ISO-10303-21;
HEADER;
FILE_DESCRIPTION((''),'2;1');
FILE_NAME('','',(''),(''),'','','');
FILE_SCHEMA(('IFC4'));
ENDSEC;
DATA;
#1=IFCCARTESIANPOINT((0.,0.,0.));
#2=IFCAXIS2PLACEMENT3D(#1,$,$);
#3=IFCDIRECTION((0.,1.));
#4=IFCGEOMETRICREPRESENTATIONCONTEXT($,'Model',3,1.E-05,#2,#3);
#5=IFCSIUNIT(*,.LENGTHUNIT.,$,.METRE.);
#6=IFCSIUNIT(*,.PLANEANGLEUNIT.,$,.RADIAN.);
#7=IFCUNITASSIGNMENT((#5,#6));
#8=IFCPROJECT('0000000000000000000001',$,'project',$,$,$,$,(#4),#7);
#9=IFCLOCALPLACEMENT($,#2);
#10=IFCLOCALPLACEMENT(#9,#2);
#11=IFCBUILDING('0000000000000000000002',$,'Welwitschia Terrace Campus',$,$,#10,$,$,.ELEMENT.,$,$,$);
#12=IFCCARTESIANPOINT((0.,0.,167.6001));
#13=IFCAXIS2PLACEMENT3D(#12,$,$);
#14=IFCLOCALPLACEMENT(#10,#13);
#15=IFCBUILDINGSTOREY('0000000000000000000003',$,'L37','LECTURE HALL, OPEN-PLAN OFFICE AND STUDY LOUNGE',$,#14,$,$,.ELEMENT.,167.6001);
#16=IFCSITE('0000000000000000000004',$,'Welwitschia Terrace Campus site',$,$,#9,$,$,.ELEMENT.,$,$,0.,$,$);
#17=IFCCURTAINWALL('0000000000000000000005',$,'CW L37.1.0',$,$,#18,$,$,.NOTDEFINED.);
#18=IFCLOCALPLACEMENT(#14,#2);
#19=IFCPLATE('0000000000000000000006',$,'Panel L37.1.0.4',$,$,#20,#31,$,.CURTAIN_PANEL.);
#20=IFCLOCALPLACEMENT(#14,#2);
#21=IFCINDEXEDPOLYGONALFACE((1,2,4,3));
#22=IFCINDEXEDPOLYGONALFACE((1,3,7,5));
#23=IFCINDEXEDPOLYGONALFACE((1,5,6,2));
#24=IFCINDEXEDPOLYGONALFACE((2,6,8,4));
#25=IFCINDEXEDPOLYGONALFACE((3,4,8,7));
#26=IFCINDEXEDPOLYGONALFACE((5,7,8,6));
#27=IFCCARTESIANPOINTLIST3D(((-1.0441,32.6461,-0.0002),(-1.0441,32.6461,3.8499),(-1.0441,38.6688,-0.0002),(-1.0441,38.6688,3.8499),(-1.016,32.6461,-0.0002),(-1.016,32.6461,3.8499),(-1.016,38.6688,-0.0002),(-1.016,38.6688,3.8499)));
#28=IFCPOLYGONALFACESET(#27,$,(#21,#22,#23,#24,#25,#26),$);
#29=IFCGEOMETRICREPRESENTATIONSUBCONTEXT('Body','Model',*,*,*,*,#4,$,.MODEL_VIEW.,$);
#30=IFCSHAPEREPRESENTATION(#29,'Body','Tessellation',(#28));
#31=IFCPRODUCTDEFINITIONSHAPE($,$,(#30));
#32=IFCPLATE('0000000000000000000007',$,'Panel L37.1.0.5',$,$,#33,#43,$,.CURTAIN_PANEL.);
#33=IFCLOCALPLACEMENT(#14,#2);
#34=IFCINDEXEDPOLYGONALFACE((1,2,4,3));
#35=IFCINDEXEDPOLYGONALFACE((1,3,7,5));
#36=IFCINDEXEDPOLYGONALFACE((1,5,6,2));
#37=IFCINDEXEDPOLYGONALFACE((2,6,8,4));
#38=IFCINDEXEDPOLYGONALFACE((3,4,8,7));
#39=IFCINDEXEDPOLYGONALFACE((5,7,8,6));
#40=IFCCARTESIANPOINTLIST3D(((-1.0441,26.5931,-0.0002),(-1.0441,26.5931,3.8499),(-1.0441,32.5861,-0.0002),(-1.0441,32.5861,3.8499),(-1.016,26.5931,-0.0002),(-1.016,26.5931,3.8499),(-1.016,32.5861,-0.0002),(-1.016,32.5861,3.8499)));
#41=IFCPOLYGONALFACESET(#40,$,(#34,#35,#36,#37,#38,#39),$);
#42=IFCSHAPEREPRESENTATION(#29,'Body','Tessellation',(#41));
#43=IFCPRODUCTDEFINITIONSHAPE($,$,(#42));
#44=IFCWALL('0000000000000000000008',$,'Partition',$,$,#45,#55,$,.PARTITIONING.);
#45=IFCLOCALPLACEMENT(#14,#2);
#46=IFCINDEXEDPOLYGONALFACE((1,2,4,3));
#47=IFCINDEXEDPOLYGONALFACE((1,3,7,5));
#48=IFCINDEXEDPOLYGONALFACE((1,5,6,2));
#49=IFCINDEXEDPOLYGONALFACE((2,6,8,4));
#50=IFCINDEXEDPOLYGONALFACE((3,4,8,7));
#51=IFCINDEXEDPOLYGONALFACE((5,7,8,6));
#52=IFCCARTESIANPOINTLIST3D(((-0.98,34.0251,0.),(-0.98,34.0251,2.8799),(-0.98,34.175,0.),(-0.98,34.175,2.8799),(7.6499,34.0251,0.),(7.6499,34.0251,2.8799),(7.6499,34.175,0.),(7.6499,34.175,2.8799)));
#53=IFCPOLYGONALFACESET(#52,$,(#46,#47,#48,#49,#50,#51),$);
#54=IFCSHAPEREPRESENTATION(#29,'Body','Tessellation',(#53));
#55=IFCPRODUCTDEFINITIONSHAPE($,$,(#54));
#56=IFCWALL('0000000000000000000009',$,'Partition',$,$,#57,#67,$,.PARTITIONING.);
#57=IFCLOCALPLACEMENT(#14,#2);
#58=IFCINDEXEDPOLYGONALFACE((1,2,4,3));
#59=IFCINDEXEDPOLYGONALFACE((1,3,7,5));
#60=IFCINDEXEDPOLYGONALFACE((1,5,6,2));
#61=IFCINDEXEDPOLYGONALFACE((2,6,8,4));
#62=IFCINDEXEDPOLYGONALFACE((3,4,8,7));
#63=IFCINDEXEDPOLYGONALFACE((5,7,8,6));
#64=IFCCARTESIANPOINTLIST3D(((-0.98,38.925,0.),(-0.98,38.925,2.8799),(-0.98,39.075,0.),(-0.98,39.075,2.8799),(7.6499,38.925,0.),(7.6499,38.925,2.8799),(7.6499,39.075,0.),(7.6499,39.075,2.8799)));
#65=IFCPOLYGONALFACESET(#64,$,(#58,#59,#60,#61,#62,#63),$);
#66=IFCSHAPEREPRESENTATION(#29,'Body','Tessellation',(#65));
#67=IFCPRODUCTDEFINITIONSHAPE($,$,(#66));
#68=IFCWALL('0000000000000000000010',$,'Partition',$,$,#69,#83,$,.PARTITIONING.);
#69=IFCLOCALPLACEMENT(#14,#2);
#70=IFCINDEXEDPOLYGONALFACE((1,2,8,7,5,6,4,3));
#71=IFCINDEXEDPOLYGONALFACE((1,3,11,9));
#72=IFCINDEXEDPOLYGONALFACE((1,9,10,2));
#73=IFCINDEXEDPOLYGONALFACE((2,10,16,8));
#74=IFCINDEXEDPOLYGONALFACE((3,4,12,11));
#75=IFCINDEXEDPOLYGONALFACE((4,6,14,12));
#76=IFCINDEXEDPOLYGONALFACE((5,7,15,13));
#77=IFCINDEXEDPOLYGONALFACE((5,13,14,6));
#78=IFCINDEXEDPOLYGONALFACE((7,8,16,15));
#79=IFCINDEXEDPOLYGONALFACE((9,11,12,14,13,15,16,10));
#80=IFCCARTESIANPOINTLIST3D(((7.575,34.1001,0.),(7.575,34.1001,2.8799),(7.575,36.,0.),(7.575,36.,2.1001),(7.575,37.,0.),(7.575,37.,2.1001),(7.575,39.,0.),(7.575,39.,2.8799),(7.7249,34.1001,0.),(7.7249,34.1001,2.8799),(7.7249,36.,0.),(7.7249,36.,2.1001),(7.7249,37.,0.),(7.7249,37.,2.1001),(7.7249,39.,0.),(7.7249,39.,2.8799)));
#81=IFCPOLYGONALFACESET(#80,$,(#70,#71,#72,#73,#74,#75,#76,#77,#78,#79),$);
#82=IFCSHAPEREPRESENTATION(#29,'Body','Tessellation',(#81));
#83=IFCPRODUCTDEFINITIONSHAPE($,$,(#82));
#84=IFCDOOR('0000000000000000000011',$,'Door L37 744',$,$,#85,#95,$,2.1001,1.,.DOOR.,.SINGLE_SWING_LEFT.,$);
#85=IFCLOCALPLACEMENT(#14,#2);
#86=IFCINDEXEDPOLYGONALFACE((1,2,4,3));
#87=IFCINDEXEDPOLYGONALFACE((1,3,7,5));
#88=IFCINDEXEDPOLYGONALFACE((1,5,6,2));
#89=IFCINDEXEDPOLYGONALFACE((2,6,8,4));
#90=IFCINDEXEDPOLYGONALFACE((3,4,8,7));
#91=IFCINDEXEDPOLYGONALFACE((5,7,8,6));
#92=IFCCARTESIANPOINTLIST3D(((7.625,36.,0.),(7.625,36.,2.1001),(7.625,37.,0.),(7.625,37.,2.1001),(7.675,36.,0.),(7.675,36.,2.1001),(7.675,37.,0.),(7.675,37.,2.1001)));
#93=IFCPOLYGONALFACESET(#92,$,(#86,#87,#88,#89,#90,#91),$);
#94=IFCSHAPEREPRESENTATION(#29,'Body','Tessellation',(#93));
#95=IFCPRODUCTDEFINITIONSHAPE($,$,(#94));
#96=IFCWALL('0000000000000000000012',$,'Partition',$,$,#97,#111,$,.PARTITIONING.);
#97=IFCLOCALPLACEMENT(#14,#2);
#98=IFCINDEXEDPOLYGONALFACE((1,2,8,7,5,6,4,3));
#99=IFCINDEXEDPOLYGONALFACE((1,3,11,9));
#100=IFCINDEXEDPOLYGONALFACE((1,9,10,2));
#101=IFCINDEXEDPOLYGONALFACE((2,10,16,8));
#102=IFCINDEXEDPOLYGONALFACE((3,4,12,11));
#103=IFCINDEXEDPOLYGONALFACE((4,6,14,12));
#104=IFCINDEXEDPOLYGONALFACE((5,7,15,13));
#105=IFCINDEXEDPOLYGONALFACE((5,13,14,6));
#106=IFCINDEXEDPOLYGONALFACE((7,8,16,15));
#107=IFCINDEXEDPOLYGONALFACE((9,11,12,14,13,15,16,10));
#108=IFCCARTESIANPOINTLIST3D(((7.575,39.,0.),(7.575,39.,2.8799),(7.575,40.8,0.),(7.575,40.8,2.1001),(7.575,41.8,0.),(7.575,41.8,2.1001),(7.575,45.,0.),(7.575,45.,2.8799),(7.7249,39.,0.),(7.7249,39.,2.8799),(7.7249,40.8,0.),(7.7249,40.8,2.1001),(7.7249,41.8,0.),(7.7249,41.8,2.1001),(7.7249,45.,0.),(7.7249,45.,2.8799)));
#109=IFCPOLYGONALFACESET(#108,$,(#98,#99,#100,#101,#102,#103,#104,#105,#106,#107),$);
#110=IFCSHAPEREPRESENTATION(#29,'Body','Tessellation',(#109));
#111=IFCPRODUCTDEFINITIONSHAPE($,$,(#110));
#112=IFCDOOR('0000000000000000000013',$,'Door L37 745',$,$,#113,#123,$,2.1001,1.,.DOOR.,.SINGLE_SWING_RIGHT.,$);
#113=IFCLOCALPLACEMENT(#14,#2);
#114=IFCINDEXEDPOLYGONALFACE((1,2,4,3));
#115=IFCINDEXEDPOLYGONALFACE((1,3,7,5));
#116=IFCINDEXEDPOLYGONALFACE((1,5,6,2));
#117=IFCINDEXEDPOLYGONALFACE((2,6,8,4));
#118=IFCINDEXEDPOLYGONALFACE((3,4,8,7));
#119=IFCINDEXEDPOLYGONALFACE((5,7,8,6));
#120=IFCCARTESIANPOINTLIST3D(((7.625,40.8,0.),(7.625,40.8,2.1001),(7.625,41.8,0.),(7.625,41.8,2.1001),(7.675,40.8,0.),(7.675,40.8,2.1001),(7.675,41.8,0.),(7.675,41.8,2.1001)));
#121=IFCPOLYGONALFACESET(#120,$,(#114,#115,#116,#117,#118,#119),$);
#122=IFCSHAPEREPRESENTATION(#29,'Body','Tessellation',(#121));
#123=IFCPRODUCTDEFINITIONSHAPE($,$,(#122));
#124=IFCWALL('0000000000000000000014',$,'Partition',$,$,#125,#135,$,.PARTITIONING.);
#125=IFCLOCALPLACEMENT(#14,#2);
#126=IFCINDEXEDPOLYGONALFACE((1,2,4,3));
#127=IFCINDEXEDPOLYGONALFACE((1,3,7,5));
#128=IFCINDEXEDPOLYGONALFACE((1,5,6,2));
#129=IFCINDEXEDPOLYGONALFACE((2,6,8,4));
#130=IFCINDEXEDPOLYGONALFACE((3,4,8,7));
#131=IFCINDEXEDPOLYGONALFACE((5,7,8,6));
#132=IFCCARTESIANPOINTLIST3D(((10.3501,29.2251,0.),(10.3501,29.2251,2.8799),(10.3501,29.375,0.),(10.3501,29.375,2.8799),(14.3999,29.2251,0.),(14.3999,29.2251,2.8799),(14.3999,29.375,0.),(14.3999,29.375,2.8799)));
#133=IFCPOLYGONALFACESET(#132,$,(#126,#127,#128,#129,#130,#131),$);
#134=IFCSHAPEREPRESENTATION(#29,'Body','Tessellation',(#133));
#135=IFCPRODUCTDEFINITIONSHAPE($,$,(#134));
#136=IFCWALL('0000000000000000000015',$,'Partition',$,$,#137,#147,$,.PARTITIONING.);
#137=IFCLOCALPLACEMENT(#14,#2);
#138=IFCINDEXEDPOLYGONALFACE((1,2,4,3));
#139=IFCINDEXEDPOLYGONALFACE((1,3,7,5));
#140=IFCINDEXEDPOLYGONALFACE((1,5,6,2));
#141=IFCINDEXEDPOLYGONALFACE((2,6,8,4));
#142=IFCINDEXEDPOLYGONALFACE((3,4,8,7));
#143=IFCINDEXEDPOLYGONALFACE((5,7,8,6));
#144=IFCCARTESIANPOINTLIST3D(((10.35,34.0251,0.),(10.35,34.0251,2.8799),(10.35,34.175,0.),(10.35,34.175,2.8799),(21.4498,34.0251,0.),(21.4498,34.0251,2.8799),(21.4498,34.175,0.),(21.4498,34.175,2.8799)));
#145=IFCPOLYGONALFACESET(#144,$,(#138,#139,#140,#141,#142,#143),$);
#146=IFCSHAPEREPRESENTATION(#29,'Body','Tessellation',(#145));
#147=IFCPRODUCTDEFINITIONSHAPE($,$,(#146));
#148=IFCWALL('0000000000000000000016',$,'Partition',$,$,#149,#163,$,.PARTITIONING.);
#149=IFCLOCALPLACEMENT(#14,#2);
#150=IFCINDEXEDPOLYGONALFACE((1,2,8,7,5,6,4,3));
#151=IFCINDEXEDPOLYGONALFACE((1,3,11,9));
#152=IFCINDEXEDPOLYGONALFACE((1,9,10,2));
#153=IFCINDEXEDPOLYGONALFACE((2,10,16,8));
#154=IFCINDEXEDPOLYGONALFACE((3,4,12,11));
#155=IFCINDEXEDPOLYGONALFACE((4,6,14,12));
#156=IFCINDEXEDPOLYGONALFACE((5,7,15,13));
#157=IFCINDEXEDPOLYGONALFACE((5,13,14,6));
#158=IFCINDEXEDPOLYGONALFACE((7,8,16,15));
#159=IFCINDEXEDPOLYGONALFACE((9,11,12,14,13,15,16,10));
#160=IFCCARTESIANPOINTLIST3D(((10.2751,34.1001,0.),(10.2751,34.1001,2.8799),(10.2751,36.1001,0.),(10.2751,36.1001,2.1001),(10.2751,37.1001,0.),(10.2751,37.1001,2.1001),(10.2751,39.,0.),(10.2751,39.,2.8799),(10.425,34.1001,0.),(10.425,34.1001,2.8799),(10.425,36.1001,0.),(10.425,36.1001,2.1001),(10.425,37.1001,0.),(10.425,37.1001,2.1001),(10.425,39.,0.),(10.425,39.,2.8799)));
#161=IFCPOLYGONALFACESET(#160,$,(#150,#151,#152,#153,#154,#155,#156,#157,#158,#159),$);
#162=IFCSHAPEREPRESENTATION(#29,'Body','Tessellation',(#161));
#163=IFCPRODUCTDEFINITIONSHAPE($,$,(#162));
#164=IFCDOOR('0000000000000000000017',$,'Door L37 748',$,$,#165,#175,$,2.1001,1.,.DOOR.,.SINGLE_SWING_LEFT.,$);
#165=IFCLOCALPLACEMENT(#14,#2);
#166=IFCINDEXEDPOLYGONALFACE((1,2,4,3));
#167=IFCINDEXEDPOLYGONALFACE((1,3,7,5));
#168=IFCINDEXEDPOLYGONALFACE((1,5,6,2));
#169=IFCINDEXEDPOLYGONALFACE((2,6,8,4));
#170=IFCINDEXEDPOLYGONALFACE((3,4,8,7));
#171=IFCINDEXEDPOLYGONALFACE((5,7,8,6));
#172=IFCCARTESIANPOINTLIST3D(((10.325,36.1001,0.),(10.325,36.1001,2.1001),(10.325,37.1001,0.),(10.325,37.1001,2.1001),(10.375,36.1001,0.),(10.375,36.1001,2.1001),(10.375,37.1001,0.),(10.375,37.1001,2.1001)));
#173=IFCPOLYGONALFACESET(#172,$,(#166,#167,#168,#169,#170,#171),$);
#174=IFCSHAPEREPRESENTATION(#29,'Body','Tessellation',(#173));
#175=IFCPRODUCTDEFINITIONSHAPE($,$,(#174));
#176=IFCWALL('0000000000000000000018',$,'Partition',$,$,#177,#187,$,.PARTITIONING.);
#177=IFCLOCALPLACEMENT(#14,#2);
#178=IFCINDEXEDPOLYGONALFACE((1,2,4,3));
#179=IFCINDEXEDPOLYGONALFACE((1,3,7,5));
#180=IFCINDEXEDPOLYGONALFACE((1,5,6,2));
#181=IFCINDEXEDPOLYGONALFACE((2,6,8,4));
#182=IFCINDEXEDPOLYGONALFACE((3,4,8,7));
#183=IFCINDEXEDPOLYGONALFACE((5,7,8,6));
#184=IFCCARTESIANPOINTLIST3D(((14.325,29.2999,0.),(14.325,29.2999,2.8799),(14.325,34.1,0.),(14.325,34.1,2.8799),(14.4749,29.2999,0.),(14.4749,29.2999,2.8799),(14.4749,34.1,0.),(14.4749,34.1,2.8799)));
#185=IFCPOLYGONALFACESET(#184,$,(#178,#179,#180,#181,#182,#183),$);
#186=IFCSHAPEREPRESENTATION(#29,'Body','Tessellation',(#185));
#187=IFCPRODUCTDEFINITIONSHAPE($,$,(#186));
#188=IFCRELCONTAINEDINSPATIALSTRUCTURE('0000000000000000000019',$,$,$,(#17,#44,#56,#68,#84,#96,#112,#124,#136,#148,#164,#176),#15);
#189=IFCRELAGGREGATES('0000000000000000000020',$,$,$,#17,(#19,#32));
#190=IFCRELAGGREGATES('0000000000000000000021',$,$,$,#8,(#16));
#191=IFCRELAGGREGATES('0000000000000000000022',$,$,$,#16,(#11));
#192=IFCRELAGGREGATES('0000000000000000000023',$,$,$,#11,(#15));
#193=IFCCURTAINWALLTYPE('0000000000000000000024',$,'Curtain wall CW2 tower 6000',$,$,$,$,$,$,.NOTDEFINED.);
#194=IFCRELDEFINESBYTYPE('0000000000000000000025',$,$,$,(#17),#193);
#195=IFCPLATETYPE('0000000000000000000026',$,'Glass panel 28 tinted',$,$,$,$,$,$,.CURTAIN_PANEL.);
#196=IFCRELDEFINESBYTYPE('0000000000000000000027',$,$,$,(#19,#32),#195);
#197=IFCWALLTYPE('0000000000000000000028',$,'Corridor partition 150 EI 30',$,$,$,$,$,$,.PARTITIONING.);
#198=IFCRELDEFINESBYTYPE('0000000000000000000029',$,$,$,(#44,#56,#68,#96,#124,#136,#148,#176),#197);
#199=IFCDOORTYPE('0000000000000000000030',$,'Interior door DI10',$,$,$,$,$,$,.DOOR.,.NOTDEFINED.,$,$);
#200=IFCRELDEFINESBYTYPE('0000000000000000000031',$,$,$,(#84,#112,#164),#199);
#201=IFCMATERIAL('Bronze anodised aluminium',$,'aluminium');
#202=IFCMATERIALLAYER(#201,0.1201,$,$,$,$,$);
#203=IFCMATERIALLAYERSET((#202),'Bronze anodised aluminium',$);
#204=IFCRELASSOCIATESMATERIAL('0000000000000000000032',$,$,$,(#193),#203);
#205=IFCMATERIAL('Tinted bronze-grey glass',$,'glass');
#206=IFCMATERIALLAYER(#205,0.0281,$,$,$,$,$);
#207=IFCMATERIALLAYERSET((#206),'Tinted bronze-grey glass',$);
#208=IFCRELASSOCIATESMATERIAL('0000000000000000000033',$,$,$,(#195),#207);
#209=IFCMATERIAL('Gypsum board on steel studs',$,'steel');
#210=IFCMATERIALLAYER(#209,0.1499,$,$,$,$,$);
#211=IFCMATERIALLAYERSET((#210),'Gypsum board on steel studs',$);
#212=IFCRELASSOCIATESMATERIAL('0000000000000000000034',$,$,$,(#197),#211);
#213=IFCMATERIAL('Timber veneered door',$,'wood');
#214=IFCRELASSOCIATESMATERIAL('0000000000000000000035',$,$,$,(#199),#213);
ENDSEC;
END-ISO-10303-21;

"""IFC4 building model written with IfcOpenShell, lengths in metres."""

from ifc_helpers import new_model, si_unit, direction, frame, frame_2d, origin, origin_2d, place, context, subcontext, project, spatial, rectangle, extrude, material, layer, layer_set, type_object, element, fill, aggregate, save


model = new_model("IFC4")

# Units and contexts
model_context = context("Model", 3, precision=1e-05, world=origin(), true_north=direction((0.0, 1.0)))
body_context = subcontext(model_context, "Body", "Model", "MODEL_VIEW")
ifc_project = project(units=[si_unit("LENGTHUNIT", "METRE"), si_unit("PLANEANGLEUNIT", "RADIAN")], contexts=[model_context])

# Site, building, storey
site_placement = place(None, origin())
site = spatial("IfcSite", under=ifc_project, at=site_placement, Name="Welwitschia Terrace Campus site", CompositionType="ELEMENT", RefElevation=0.0)
building_placement = place(site_placement, origin())
building = spatial("IfcBuilding", under=site, at=building_placement, Name="Welwitschia Terrace Campus", CompositionType="ELEMENT")
storey_placement = place(building_placement, frame((0.0, 0.0, 167.6001)))
storey = spatial("IfcBuildingStorey", under=building, at=storey_placement, Name="L37", Description="LECTURE HALL, OPEN-PLAN OFFICE AND STUDY LOUNGE", CompositionType="ELEMENT", Elevation=167.6001)

# Curtain wall
ifc_material_1 = material(Name="Bronze anodised aluminium", Category="aluminium")
ifc_layer_1 = layer(ifc_material_1, 0.1201)
ifc_layer_set_1 = layer_set([ifc_layer_1], Name="Bronze anodised aluminium")
curtain_wall_type = type_object("IfcCurtainWallType", Name="Curtain wall CW2 tower 6000", PredefinedType="NOTDEFINED", material=ifc_layer_set_1)
curtain_wall_placement = place(storey_placement, origin())
curtain_wall = element("IfcCurtainWall", 1, at=curtain_wall_placement, inside=storey, type_object=curtain_wall_type, Name="CW L37.1.0", PredefinedType="NOTDEFINED")

# Plates
ifc_material_2 = material(Name="Tinted bronze-grey glass", Category="glass")
ifc_layer_2 = layer(ifc_material_2, 0.0281)
ifc_layer_set_2 = layer_set([ifc_layer_2], Name="Tinted bronze-grey glass")
plate_type = type_object("IfcPlateType", Name="Glass panel 28 tinted", PredefinedType="CURTAIN_PANEL", material=ifc_layer_set_2)
plate_1_placement = place(storey_placement, frame((-1.03, 35.6575, -0.0002), z_axis=(0.0, 0.0, 1.0), x_axis=(0.0, -1.0, 0.0)))
plate_1 = element("IfcPlate", 2, at=plate_1_placement, type_object=plate_type, Name="Panel L37.1.0.4", PredefinedType="CURTAIN_PANEL", context=body_context, shape_type="SweptSolid", body=[
    extrude(rectangle(XDim=6.0227, YDim=0.0281, at=origin_2d()), origin(), (0.0, 0.0, 1.0), 3.8501),
])
plate_2_placement = place(storey_placement, frame((-1.03, 29.5896, -0.0002), z_axis=(0.0, 0.0, 1.0), x_axis=(0.0, -1.0, 0.0)))
plate_2 = element("IfcPlate", 3, at=plate_2_placement, type_object=plate_type, Name="Panel L37.1.0.5", PredefinedType="CURTAIN_PANEL", context=body_context, shape_type="SweptSolid", body=[
    extrude(rectangle(XDim=5.9929, YDim=0.0281, at=origin_2d()), origin(), (0.0, 0.0, 1.0), 3.8501),
])
aggregate(curtain_wall, [plate_1, plate_2])

# Walls
ifc_material_3 = material(Name="Gypsum board on steel studs", Category="steel")
ifc_layer_3 = layer(ifc_material_3, 0.1499)
ifc_layer_set_3 = layer_set([ifc_layer_3], Name="Gypsum board on steel studs")
wall_type = type_object("IfcWallType", Name="Corridor partition 150 EI 30", PredefinedType="PARTITIONING", material=ifc_layer_set_3)
for number, where, z_axis, x_axis, name in (
    (4, (-0.98, 34.1001, 0.0), (0.0, 0.0, 1.0), (1.0, 0.0, 0.0), "Partition"),
    (5, (-0.98, 39.0, 0.0), (0.0, 0.0, 1.0), (1.0, 0.0, 0.0), "Partition"),
):
    element("IfcWall", number, at=place(storey_placement, frame(where, z_axis=z_axis, x_axis=x_axis)), inside=storey, type_object=wall_type, Name=name, PredefinedType="PARTITIONING", context=body_context, shape_type="SweptSolid", body=[
        extrude(rectangle(XDim=8.6299, YDim=0.1499, at=frame_2d((4.3149, 0.0))), origin(), (0.0, 0.0, 1.0), 2.8799),
    ])

# Walls, openings, doors
wall_1_placement = place(storey_placement, frame((7.6499, 34.1001, 0.0), z_axis=(0.0, 0.0, 1.0), x_axis=(0.0, 1.0, 0.0)))
wall_1 = element("IfcWall", 6, at=wall_1_placement, inside=storey, type_object=wall_type, Name="Partition", PredefinedType="PARTITIONING", context=body_context, shape_type="SweptSolid", body=[
    extrude(rectangle(XDim=4.8999, YDim=0.1499, at=frame_2d((2.45, 0.0))), origin(), (0.0, 0.0, 1.0), 2.8799),
])
opening_1_placement = place(wall_1_placement, frame((1.8999, 0.0, 0.0)))
opening_1 = element("IfcOpeningElement", 7, at=opening_1_placement, cuts=wall_1, PredefinedType="OPENING", context=body_context, shape_type="SweptSolid", body=[
    extrude(rectangle(XDim=1.0, YDim=2.1001, at=frame_2d((0.5, 1.05))), frame((0.0, 0.085, 0.0), z_axis=(0.0, -1.0, 0.0), x_axis=(1.0, 0.0, 0.0)), (0.0, 0.0, 1.0), 0.1699),
])
ifc_material_4 = material(Name="Timber veneered door", Category="wood")
door_type_1 = type_object("IfcDoorType", Name="Interior door DI10", OperationType="NOTDEFINED", PredefinedType="DOOR", material=ifc_material_4)
door_1_placement = place(opening_1_placement, origin())
door_1 = element("IfcDoor", 8, at=door_1_placement, inside=storey, type_object=door_type_1, Name="Door L37 744", OperationType="SINGLE_SWING_LEFT", OverallHeight=2.1001, OverallWidth=1.0, PredefinedType="DOOR", context=body_context, shape_type="SweptSolid", body=[
    extrude(rectangle(XDim=1.0, YDim=2.1001, at=frame_2d((0.5, 1.05))), frame((0.0, 0.0249, 0.0), z_axis=(0.0, -1.0, 0.0), x_axis=(1.0, 0.0, 0.0)), (0.0, 0.0, 1.0), 0.05),
])
fill(opening_1, door_1)
wall_2_placement = place(storey_placement, frame((7.6499, 39.0, 0.0), z_axis=(0.0, 0.0, 1.0), x_axis=(0.0, 1.0, 0.0)))
wall_2 = element("IfcWall", 9, at=wall_2_placement, inside=storey, type_object=wall_type, Name="Partition", PredefinedType="PARTITIONING", context=body_context, shape_type="SweptSolid", body=[
    extrude(rectangle(XDim=6.0, YDim=0.1499, at=frame_2d((3.0, 0.0))), origin(), (0.0, 0.0, 1.0), 2.8799),
])
opening_2_placement = place(wall_2_placement, frame((1.8, 0.0, 0.0)))
opening_2 = element("IfcOpeningElement", 10, at=opening_2_placement, cuts=wall_2, PredefinedType="OPENING", context=body_context, shape_type="SweptSolid", body=[
    extrude(rectangle(XDim=1.0, YDim=2.1001, at=frame_2d((0.5, 1.05))), frame((0.0, 0.085, 0.0), z_axis=(0.0, -1.0, 0.0), x_axis=(1.0, 0.0, 0.0)), (0.0, 0.0, 1.0), 0.1699),
])
door_2_placement = place(opening_2_placement, origin())
door_2 = element("IfcDoor", 11, at=door_2_placement, inside=storey, type_object=door_type_1, Name="Door L37 745", OperationType="SINGLE_SWING_RIGHT", OverallHeight=2.1001, OverallWidth=1.0, PredefinedType="DOOR", context=body_context, shape_type="SweptSolid", body=[
    extrude(rectangle(XDim=1.0, YDim=2.1001, at=frame_2d((0.5, 1.05))), frame((0.0, 0.0249, 0.0), z_axis=(0.0, -1.0, 0.0), x_axis=(1.0, 0.0, 0.0)), (0.0, 0.0, 1.0), 0.05),
])
fill(opening_2, door_2)

# Walls
wall_3_placement = place(storey_placement, frame((10.3501, 29.3, 0.0), z_axis=(0.0, 0.0, 1.0), x_axis=(1.0, 0.0, 0.0)))
element("IfcWall", 12, at=wall_3_placement, inside=storey, type_object=wall_type, Name="Partition", PredefinedType="PARTITIONING", context=body_context, shape_type="SweptSolid", body=[
    extrude(rectangle(XDim=4.0498, YDim=0.1499, at=frame_2d((2.0249, 0.0))), origin(), (0.0, 0.0, 1.0), 2.8799),
])
wall_4_placement = place(storey_placement, frame((10.3501, 34.1001, 0.0), z_axis=(0.0, 0.0, 1.0), x_axis=(1.0, 0.0, 0.0)))
element("IfcWall", 13, at=wall_4_placement, inside=storey, type_object=wall_type, Name="Partition", PredefinedType="PARTITIONING", context=body_context, shape_type="SweptSolid", body=[
    extrude(rectangle(XDim=11.0999, YDim=0.1499, at=frame_2d((5.5498, 0.0))), origin(), (0.0, 0.0, 1.0), 2.8799),
])

# Wall, opening, door
wall_5_placement = place(storey_placement, frame((10.3501, 39.0, 0.0), z_axis=(0.0, 0.0, 1.0), x_axis=(0.0, -1.0, 0.0)))
wall_5 = element("IfcWall", 14, at=wall_5_placement, inside=storey, type_object=wall_type, Name="Partition", PredefinedType="PARTITIONING", context=body_context, shape_type="SweptSolid", body=[
    extrude(rectangle(XDim=4.8999, YDim=0.1499, at=frame_2d((2.45, 0.0))), origin(), (0.0, 0.0, 1.0), 2.8799),
])
opening_3_placement = place(wall_5_placement, frame((1.8999, 0.0, 0.0)))
opening_3 = element("IfcOpeningElement", 15, at=opening_3_placement, cuts=wall_5, PredefinedType="OPENING", context=body_context, shape_type="SweptSolid", body=[
    extrude(rectangle(XDim=1.0, YDim=2.1001, at=frame_2d((0.5, 1.05))), frame((0.0, 0.085, 0.0), z_axis=(0.0, -1.0, 0.0), x_axis=(1.0, 0.0, 0.0)), (0.0, 0.0, 1.0), 0.1699),
])
door_3_placement = place(opening_3_placement, origin())
door_3 = element("IfcDoor", 16, at=door_3_placement, inside=storey, type_object=door_type_1, Name="Door L37 748", OperationType="SINGLE_SWING_LEFT", OverallHeight=2.1001, OverallWidth=1.0, PredefinedType="DOOR", context=body_context, shape_type="SweptSolid", body=[
    extrude(rectangle(XDim=1.0, YDim=2.1001, at=frame_2d((0.5, 1.05))), frame((0.0, 0.0249, 0.0), z_axis=(0.0, -1.0, 0.0), x_axis=(1.0, 0.0, 0.0)), (0.0, 0.0, 1.0), 0.05),
])
fill(opening_3, door_3)

# Wall
wall_6_placement = place(storey_placement, frame((14.3999, 29.3, 0.0), z_axis=(0.0, 0.0, 1.0), x_axis=(0.0, 1.0, 0.0)))
element("IfcWall", 17, at=wall_6_placement, inside=storey, type_object=wall_type, Name="Partition", PredefinedType="PARTITIONING", context=body_context, shape_type="SweptSolid", body=[
    extrude(rectangle(XDim=4.8, YDim=0.1499, at=frame_2d((2.3999, 0.0))), origin(), (0.0, 0.0, 1.0), 2.8799),
])

save(model, "model.ifc")
